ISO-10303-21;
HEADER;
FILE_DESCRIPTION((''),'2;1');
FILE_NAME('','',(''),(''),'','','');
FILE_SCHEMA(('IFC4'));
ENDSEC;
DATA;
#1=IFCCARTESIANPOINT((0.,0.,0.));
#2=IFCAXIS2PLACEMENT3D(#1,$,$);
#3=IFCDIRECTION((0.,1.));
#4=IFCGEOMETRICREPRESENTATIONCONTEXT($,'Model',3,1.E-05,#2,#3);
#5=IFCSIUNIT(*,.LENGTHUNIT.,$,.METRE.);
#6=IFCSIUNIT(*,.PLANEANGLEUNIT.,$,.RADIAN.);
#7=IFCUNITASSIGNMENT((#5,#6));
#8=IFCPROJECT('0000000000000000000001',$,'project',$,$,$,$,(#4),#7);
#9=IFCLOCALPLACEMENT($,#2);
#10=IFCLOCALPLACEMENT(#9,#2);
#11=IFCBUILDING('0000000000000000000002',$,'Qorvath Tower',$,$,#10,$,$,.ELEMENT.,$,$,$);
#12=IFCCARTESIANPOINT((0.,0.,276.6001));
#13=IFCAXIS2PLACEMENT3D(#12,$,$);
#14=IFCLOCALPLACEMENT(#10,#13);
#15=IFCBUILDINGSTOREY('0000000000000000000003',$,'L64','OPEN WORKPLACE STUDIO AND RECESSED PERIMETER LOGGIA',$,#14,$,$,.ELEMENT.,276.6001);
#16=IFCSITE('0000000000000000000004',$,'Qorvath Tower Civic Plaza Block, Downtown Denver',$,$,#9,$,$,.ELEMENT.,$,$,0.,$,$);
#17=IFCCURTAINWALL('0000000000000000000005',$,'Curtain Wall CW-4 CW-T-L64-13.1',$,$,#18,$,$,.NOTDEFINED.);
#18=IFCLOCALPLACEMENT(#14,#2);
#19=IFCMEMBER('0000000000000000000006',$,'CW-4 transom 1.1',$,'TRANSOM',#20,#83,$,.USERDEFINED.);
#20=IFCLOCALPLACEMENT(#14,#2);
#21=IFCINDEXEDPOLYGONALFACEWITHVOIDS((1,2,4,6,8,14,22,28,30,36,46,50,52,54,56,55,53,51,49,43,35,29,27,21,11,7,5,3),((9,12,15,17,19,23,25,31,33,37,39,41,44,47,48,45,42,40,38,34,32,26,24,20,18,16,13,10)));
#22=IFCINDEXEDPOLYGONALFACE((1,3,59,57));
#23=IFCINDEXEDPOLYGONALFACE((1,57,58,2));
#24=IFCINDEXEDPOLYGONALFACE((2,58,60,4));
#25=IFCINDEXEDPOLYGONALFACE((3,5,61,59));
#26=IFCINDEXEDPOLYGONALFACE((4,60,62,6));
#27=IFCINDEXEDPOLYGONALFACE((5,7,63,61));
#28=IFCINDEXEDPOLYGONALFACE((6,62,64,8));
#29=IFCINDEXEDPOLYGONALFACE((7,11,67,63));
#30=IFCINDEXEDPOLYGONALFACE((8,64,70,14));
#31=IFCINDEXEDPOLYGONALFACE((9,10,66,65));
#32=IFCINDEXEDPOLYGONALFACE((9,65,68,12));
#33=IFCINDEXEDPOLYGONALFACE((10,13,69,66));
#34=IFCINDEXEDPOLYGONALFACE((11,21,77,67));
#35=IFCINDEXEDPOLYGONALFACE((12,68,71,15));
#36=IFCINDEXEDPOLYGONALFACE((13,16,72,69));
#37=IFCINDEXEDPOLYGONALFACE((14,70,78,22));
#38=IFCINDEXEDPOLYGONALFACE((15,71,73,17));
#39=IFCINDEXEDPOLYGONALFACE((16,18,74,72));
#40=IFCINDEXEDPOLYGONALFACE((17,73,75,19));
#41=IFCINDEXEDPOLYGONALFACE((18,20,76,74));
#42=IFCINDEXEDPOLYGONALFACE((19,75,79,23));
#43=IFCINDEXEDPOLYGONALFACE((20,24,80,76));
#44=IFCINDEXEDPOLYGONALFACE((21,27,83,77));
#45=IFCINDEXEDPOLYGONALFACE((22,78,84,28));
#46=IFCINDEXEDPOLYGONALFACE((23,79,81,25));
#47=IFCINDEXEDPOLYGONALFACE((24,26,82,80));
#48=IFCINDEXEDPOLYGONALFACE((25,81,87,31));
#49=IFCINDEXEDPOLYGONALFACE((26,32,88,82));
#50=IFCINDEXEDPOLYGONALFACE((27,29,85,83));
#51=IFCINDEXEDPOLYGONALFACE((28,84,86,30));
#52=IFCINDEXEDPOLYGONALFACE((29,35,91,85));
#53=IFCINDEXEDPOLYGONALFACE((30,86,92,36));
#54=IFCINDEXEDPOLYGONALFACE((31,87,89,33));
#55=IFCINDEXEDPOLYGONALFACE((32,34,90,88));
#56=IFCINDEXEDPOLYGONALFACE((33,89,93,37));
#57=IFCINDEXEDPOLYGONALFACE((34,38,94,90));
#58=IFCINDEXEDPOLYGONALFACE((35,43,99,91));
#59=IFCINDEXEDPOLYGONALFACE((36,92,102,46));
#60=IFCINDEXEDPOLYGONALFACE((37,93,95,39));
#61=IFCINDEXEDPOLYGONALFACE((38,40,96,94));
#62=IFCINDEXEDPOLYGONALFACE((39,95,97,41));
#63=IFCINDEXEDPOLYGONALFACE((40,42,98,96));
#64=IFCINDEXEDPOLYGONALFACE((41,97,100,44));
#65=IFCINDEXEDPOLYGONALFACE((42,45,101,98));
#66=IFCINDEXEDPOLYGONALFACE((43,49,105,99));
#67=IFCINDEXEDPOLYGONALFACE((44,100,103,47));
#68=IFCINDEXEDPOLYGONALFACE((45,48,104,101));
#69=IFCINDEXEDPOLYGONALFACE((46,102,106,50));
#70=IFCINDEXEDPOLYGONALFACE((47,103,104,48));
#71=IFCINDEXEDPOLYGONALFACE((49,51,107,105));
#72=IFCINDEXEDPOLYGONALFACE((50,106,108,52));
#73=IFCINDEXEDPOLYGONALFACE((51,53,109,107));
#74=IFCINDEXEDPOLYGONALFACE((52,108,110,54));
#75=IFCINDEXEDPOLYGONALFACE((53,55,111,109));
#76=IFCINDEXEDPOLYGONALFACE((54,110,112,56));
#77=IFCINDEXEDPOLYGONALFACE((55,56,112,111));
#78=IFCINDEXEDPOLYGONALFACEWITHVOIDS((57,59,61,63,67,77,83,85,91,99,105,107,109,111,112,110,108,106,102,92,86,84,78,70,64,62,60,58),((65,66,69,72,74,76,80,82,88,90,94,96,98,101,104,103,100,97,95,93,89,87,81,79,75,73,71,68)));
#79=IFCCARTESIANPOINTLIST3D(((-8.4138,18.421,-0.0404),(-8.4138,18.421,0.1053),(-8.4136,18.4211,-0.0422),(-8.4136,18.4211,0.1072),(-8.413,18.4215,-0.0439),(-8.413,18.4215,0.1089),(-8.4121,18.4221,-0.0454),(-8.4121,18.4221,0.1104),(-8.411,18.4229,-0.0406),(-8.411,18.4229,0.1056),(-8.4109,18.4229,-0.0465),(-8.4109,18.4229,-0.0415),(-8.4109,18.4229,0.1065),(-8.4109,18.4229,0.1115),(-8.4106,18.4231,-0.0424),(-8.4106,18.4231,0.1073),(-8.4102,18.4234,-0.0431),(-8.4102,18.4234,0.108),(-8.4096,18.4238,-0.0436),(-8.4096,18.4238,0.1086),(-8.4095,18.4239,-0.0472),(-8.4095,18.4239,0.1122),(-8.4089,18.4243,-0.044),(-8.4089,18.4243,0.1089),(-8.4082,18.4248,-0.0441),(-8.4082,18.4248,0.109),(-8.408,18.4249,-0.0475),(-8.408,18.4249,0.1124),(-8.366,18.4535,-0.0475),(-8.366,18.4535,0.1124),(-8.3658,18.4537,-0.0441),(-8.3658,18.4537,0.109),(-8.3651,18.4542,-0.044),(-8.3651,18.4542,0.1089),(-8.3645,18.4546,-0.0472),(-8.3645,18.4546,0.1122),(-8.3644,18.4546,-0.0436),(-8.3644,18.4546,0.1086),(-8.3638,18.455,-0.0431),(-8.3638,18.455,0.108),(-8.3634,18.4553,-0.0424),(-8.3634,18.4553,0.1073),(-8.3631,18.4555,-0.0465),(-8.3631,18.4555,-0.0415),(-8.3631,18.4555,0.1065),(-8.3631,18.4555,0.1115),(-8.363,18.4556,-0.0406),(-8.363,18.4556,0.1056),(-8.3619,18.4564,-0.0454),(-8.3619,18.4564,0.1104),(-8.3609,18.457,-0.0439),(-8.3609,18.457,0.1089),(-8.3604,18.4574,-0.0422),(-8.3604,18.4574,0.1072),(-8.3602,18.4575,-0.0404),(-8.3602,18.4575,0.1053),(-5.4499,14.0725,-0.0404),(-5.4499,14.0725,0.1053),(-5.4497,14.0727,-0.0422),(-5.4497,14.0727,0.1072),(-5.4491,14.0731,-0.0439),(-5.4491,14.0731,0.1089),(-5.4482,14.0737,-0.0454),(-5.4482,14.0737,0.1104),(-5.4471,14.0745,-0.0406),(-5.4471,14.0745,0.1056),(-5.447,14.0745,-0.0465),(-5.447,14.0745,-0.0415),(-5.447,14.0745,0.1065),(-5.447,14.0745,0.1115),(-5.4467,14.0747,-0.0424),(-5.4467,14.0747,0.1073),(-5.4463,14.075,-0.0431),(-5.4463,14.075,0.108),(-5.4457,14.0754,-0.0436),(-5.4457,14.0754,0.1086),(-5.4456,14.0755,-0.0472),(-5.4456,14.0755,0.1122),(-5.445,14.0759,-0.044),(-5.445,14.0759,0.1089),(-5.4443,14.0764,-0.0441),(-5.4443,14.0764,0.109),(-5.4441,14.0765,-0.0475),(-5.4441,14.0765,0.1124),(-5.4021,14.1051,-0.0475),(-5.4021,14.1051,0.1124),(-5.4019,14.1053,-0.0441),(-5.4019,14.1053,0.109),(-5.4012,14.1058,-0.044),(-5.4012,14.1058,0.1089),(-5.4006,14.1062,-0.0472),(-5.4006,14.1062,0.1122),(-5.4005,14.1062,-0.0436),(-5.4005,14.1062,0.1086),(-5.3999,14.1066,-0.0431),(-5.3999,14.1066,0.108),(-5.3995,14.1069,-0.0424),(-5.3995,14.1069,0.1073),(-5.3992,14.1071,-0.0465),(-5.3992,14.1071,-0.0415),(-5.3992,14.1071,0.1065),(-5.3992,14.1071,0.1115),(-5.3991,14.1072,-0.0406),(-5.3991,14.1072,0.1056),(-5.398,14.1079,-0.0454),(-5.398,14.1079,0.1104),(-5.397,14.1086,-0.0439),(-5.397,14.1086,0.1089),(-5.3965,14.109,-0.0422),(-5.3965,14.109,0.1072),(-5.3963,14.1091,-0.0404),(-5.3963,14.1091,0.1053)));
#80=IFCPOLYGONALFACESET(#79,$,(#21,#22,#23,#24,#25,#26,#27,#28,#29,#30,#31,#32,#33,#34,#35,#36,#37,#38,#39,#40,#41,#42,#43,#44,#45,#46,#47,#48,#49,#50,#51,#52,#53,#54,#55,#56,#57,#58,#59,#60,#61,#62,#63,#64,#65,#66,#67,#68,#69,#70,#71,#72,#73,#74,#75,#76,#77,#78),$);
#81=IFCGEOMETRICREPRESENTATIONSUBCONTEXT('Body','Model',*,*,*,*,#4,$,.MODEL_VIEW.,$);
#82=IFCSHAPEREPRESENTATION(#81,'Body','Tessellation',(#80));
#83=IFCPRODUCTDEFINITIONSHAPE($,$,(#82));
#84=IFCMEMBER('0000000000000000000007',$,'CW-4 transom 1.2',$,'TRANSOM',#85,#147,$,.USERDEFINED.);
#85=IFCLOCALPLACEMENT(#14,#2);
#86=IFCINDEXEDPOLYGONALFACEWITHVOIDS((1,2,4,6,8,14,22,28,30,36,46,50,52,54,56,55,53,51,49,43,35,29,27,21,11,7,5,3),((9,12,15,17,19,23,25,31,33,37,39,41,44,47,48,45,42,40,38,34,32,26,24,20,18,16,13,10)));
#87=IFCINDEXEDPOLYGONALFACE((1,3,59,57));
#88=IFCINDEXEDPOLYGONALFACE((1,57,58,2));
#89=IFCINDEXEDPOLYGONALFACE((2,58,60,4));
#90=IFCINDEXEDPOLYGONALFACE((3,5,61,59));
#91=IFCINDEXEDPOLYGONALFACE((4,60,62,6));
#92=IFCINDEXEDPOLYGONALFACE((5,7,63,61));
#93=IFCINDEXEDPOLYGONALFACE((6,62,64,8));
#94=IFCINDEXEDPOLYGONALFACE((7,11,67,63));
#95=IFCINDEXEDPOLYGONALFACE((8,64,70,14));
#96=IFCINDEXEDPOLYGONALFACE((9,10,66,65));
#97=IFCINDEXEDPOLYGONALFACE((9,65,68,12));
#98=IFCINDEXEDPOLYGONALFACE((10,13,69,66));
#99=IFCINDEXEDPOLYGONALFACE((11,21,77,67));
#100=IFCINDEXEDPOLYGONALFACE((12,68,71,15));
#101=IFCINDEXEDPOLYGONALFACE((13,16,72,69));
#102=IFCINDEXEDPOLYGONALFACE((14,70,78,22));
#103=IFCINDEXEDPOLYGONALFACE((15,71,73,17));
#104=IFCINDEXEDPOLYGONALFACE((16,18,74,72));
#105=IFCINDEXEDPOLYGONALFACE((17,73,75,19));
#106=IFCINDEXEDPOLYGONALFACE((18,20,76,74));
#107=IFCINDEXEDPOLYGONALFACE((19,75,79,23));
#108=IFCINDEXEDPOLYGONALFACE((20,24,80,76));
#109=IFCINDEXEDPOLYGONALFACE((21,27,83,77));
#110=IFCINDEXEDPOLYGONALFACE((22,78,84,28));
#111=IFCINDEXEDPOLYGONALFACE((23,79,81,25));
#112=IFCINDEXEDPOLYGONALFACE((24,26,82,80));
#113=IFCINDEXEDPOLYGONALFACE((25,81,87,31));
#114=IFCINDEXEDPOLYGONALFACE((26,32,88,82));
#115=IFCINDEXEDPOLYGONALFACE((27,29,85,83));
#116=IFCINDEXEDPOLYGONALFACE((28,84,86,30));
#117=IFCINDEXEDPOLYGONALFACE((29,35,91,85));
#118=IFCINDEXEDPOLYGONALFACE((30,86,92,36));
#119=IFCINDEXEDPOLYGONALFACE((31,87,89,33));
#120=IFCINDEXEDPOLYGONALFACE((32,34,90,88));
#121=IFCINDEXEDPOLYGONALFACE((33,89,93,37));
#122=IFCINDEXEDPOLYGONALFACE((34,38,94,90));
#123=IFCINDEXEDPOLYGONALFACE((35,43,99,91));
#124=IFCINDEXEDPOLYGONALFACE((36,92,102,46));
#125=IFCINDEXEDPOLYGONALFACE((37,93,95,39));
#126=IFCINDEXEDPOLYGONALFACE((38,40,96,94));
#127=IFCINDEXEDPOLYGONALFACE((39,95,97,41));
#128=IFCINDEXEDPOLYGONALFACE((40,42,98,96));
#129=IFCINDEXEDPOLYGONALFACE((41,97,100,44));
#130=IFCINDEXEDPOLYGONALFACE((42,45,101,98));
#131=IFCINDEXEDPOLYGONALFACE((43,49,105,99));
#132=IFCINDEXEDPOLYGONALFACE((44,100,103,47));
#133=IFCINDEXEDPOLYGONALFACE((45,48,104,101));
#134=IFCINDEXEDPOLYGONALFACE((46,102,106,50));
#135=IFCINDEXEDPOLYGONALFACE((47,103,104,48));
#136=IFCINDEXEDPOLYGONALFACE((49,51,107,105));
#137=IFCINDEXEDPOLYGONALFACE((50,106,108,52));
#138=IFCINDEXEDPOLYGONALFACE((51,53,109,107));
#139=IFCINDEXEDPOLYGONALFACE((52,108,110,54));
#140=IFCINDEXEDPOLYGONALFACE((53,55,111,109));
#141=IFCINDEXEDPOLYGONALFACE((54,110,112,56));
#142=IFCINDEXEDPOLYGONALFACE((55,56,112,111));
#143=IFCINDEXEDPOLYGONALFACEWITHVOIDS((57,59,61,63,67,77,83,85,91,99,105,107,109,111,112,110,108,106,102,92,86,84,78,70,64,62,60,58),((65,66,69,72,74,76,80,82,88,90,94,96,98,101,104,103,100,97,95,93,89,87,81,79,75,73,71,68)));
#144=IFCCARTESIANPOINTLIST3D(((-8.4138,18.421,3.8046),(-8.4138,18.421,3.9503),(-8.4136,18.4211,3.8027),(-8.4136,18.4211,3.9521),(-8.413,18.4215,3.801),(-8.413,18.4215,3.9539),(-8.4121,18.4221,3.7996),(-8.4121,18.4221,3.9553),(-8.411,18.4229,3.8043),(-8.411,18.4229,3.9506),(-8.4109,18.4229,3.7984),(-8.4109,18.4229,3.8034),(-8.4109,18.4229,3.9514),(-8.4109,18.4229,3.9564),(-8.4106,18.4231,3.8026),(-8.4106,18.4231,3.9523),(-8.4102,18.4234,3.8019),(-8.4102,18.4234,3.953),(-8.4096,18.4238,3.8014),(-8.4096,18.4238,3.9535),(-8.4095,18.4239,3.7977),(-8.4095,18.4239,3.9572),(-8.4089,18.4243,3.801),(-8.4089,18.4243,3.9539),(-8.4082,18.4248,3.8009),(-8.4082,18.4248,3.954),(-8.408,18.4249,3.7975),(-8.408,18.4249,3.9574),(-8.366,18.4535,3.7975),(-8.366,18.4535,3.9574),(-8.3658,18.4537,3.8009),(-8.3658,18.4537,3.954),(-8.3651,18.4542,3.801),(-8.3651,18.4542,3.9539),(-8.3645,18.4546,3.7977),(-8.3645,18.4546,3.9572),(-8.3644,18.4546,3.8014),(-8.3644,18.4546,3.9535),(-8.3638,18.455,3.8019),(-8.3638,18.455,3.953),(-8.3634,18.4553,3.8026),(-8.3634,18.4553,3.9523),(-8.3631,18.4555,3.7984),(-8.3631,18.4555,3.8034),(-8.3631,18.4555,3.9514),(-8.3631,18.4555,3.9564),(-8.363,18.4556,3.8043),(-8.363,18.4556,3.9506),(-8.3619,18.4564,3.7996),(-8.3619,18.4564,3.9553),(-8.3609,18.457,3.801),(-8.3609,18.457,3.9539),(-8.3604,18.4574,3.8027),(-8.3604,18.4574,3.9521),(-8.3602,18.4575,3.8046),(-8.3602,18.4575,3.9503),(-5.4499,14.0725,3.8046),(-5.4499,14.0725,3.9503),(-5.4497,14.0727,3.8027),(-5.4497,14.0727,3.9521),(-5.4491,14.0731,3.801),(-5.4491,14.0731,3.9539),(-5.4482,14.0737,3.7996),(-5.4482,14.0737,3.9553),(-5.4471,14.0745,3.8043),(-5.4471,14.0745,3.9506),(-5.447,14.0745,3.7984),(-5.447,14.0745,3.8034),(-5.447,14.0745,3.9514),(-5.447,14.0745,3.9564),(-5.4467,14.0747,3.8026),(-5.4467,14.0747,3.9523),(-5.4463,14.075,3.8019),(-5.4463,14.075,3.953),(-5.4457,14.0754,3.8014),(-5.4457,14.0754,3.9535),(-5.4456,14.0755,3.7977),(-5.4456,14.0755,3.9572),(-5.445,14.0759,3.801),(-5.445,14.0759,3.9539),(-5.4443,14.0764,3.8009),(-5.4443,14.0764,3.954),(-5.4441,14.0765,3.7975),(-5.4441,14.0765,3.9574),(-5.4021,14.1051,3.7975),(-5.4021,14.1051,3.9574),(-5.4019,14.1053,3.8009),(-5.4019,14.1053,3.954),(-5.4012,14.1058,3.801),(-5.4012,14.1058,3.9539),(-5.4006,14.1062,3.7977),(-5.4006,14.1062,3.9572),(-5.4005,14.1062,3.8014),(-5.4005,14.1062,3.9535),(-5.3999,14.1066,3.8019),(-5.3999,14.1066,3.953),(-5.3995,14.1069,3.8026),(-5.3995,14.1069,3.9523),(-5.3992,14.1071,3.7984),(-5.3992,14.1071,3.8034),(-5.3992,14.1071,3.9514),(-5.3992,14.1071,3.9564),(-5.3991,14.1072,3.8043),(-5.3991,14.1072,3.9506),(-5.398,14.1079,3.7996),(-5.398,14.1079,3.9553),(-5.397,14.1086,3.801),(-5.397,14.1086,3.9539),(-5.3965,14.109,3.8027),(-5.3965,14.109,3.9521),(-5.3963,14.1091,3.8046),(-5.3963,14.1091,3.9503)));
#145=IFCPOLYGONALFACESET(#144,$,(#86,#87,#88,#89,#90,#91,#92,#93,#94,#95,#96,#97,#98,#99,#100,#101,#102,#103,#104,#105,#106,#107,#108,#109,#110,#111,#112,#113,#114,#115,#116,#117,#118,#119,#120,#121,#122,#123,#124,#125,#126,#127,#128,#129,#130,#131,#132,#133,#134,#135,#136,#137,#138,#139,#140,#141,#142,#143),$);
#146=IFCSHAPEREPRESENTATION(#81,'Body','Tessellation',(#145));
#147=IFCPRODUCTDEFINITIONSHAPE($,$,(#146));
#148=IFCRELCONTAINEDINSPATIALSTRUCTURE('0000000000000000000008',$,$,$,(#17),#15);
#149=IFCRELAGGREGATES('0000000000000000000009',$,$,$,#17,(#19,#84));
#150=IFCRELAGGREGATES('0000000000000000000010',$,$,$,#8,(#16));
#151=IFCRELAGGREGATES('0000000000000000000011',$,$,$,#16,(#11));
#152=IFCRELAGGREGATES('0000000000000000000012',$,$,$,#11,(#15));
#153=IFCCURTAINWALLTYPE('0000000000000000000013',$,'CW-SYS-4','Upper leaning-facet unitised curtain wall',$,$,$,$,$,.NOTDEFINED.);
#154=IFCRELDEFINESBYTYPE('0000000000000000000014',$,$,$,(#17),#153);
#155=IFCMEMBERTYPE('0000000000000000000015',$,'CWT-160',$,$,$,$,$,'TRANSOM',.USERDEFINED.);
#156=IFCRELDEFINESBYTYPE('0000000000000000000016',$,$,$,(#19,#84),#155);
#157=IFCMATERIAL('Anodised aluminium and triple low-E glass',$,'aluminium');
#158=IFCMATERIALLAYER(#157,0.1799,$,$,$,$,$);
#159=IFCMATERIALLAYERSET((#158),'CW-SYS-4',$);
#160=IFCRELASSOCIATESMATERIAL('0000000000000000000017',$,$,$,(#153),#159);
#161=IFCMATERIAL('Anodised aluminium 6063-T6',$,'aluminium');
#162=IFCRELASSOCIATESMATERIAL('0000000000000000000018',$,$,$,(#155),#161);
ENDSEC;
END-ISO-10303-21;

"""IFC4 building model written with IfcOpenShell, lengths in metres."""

from ifc_helpers import new_model, si_unit, direction, frame, origin, origin_2d, place, context, subcontext, project, spatial, hollow_rectangle, extrude, material, layer, layer_set, material_profile, profile_set, type_object, element, aggregate, save


model = new_model("IFC4")

# Units and contexts
model_context = context("Model", 3, precision=1e-05, world=origin(), true_north=direction((0.0, 1.0)))
body_context = subcontext(model_context, "Body", "Model", "MODEL_VIEW")
ifc_project = project(units=[si_unit("LENGTHUNIT", "METRE"), si_unit("PLANEANGLEUNIT", "RADIAN")], contexts=[model_context])

# Site, building, storey
site_placement = place(None, origin())
site = spatial("IfcSite", under=ifc_project, at=site_placement, Name="Qorvath Tower Civic Plaza Block, Downtown Denver", CompositionType="ELEMENT", RefElevation=0.0)
building_placement = place(site_placement, origin())
building = spatial("IfcBuilding", under=site, at=building_placement, Name="Qorvath Tower", CompositionType="ELEMENT")
storey_placement = place(building_placement, frame((0.0, 0.0, 276.6001)))
storey = spatial("IfcBuildingStorey", under=building, at=storey_placement, Name="L64", Description="OPEN WORKPLACE STUDIO AND RECESSED PERIMETER LOGGIA", CompositionType="ELEMENT", Elevation=276.6001)

# Shared definitions
ifc_material_1 = material(Name="Anodised aluminium and triple low-E glass", Category="aluminium")
ifc_layer_1 = layer(ifc_material_1, 0.1799)
ifc_layer_set_1 = layer_set([ifc_layer_1], Name="CW-SYS-4")
curtain_wall_type = type_object("IfcCurtainWallType", Name="CW-SYS-4", Description="Upper leaning-facet unitised curtain wall", PredefinedType="NOTDEFINED", material=ifc_layer_set_1)

# Curtain wall
curtain_wall_1_placement = place(storey_placement, origin())
curtain_wall_1 = element("IfcCurtainWall", 1, at=curtain_wall_1_placement, inside=storey, type_object=curtain_wall_type, Name="Curtain Wall CW-4 CW-T-L64-13.1", PredefinedType="NOTDEFINED")

# Members
ifc_material_2 = material(Name="Anodised aluminium 6063-T6", Category="aluminium")
ifc_material_profile_1 = material_profile(ifc_material_2, hollow_rectangle(XDim=0.0649, YDim=0.1599, WallThickness=0.0034, InnerFilletRadius=0.0034, OuterFilletRadius=0.0071, at=origin_2d()), Name="CWT 160x65")
ifc_profile_set_1 = profile_set([ifc_material_profile_1], Name="Anodised aluminium 6063-T6")
member_type_1 = type_object("IfcMemberType", Name="CWT-160", ElementType="TRANSOM", PredefinedType="USERDEFINED", material=ifc_profile_set_1)
member_1_placement = place(storey_placement, frame((-5.4231, 14.0908, 0.0325), z_axis=(-0.563214, 0.826311, 0.0), x_axis=(-0.826311, -0.563214, 0.0)))
member_1 = element("IfcMember", 2, at=member_1_placement, type_object=member_type_1, Name="CW-4 transom 1.1", ObjectType="TRANSOM", PredefinedType="USERDEFINED", context=body_context, shape_type="SweptSolid", body=[
    extrude(hollow_rectangle(XDim=0.0649, YDim=0.1599, WallThickness=0.0034, InnerFilletRadius=0.0034, OuterFilletRadius=0.0071, at=origin_2d()), origin(), (0.0, 0.0, 1.0), 5.2625),
])
member_2_placement = place(storey_placement, frame((-5.4231, 14.0908, 3.8774), z_axis=(-0.563214, 0.826311, 0.0), x_axis=(-0.826311, -0.563214, 0.0)))
member_2 = element("IfcMember", 3, at=member_2_placement, type_object=member_type_1, Name="CW-4 transom 1.2", ObjectType="TRANSOM", PredefinedType="USERDEFINED", context=body_context, shape_type="SweptSolid", body=[
    extrude(hollow_rectangle(XDim=0.0649, YDim=0.1599, WallThickness=0.0034, InnerFilletRadius=0.0034, OuterFilletRadius=0.0071, at=origin_2d()), origin(), (0.0, 0.0, 1.0), 5.2625),
])

aggregate(curtain_wall_1, [member_1, member_2])

save(model, "model.ifc")
